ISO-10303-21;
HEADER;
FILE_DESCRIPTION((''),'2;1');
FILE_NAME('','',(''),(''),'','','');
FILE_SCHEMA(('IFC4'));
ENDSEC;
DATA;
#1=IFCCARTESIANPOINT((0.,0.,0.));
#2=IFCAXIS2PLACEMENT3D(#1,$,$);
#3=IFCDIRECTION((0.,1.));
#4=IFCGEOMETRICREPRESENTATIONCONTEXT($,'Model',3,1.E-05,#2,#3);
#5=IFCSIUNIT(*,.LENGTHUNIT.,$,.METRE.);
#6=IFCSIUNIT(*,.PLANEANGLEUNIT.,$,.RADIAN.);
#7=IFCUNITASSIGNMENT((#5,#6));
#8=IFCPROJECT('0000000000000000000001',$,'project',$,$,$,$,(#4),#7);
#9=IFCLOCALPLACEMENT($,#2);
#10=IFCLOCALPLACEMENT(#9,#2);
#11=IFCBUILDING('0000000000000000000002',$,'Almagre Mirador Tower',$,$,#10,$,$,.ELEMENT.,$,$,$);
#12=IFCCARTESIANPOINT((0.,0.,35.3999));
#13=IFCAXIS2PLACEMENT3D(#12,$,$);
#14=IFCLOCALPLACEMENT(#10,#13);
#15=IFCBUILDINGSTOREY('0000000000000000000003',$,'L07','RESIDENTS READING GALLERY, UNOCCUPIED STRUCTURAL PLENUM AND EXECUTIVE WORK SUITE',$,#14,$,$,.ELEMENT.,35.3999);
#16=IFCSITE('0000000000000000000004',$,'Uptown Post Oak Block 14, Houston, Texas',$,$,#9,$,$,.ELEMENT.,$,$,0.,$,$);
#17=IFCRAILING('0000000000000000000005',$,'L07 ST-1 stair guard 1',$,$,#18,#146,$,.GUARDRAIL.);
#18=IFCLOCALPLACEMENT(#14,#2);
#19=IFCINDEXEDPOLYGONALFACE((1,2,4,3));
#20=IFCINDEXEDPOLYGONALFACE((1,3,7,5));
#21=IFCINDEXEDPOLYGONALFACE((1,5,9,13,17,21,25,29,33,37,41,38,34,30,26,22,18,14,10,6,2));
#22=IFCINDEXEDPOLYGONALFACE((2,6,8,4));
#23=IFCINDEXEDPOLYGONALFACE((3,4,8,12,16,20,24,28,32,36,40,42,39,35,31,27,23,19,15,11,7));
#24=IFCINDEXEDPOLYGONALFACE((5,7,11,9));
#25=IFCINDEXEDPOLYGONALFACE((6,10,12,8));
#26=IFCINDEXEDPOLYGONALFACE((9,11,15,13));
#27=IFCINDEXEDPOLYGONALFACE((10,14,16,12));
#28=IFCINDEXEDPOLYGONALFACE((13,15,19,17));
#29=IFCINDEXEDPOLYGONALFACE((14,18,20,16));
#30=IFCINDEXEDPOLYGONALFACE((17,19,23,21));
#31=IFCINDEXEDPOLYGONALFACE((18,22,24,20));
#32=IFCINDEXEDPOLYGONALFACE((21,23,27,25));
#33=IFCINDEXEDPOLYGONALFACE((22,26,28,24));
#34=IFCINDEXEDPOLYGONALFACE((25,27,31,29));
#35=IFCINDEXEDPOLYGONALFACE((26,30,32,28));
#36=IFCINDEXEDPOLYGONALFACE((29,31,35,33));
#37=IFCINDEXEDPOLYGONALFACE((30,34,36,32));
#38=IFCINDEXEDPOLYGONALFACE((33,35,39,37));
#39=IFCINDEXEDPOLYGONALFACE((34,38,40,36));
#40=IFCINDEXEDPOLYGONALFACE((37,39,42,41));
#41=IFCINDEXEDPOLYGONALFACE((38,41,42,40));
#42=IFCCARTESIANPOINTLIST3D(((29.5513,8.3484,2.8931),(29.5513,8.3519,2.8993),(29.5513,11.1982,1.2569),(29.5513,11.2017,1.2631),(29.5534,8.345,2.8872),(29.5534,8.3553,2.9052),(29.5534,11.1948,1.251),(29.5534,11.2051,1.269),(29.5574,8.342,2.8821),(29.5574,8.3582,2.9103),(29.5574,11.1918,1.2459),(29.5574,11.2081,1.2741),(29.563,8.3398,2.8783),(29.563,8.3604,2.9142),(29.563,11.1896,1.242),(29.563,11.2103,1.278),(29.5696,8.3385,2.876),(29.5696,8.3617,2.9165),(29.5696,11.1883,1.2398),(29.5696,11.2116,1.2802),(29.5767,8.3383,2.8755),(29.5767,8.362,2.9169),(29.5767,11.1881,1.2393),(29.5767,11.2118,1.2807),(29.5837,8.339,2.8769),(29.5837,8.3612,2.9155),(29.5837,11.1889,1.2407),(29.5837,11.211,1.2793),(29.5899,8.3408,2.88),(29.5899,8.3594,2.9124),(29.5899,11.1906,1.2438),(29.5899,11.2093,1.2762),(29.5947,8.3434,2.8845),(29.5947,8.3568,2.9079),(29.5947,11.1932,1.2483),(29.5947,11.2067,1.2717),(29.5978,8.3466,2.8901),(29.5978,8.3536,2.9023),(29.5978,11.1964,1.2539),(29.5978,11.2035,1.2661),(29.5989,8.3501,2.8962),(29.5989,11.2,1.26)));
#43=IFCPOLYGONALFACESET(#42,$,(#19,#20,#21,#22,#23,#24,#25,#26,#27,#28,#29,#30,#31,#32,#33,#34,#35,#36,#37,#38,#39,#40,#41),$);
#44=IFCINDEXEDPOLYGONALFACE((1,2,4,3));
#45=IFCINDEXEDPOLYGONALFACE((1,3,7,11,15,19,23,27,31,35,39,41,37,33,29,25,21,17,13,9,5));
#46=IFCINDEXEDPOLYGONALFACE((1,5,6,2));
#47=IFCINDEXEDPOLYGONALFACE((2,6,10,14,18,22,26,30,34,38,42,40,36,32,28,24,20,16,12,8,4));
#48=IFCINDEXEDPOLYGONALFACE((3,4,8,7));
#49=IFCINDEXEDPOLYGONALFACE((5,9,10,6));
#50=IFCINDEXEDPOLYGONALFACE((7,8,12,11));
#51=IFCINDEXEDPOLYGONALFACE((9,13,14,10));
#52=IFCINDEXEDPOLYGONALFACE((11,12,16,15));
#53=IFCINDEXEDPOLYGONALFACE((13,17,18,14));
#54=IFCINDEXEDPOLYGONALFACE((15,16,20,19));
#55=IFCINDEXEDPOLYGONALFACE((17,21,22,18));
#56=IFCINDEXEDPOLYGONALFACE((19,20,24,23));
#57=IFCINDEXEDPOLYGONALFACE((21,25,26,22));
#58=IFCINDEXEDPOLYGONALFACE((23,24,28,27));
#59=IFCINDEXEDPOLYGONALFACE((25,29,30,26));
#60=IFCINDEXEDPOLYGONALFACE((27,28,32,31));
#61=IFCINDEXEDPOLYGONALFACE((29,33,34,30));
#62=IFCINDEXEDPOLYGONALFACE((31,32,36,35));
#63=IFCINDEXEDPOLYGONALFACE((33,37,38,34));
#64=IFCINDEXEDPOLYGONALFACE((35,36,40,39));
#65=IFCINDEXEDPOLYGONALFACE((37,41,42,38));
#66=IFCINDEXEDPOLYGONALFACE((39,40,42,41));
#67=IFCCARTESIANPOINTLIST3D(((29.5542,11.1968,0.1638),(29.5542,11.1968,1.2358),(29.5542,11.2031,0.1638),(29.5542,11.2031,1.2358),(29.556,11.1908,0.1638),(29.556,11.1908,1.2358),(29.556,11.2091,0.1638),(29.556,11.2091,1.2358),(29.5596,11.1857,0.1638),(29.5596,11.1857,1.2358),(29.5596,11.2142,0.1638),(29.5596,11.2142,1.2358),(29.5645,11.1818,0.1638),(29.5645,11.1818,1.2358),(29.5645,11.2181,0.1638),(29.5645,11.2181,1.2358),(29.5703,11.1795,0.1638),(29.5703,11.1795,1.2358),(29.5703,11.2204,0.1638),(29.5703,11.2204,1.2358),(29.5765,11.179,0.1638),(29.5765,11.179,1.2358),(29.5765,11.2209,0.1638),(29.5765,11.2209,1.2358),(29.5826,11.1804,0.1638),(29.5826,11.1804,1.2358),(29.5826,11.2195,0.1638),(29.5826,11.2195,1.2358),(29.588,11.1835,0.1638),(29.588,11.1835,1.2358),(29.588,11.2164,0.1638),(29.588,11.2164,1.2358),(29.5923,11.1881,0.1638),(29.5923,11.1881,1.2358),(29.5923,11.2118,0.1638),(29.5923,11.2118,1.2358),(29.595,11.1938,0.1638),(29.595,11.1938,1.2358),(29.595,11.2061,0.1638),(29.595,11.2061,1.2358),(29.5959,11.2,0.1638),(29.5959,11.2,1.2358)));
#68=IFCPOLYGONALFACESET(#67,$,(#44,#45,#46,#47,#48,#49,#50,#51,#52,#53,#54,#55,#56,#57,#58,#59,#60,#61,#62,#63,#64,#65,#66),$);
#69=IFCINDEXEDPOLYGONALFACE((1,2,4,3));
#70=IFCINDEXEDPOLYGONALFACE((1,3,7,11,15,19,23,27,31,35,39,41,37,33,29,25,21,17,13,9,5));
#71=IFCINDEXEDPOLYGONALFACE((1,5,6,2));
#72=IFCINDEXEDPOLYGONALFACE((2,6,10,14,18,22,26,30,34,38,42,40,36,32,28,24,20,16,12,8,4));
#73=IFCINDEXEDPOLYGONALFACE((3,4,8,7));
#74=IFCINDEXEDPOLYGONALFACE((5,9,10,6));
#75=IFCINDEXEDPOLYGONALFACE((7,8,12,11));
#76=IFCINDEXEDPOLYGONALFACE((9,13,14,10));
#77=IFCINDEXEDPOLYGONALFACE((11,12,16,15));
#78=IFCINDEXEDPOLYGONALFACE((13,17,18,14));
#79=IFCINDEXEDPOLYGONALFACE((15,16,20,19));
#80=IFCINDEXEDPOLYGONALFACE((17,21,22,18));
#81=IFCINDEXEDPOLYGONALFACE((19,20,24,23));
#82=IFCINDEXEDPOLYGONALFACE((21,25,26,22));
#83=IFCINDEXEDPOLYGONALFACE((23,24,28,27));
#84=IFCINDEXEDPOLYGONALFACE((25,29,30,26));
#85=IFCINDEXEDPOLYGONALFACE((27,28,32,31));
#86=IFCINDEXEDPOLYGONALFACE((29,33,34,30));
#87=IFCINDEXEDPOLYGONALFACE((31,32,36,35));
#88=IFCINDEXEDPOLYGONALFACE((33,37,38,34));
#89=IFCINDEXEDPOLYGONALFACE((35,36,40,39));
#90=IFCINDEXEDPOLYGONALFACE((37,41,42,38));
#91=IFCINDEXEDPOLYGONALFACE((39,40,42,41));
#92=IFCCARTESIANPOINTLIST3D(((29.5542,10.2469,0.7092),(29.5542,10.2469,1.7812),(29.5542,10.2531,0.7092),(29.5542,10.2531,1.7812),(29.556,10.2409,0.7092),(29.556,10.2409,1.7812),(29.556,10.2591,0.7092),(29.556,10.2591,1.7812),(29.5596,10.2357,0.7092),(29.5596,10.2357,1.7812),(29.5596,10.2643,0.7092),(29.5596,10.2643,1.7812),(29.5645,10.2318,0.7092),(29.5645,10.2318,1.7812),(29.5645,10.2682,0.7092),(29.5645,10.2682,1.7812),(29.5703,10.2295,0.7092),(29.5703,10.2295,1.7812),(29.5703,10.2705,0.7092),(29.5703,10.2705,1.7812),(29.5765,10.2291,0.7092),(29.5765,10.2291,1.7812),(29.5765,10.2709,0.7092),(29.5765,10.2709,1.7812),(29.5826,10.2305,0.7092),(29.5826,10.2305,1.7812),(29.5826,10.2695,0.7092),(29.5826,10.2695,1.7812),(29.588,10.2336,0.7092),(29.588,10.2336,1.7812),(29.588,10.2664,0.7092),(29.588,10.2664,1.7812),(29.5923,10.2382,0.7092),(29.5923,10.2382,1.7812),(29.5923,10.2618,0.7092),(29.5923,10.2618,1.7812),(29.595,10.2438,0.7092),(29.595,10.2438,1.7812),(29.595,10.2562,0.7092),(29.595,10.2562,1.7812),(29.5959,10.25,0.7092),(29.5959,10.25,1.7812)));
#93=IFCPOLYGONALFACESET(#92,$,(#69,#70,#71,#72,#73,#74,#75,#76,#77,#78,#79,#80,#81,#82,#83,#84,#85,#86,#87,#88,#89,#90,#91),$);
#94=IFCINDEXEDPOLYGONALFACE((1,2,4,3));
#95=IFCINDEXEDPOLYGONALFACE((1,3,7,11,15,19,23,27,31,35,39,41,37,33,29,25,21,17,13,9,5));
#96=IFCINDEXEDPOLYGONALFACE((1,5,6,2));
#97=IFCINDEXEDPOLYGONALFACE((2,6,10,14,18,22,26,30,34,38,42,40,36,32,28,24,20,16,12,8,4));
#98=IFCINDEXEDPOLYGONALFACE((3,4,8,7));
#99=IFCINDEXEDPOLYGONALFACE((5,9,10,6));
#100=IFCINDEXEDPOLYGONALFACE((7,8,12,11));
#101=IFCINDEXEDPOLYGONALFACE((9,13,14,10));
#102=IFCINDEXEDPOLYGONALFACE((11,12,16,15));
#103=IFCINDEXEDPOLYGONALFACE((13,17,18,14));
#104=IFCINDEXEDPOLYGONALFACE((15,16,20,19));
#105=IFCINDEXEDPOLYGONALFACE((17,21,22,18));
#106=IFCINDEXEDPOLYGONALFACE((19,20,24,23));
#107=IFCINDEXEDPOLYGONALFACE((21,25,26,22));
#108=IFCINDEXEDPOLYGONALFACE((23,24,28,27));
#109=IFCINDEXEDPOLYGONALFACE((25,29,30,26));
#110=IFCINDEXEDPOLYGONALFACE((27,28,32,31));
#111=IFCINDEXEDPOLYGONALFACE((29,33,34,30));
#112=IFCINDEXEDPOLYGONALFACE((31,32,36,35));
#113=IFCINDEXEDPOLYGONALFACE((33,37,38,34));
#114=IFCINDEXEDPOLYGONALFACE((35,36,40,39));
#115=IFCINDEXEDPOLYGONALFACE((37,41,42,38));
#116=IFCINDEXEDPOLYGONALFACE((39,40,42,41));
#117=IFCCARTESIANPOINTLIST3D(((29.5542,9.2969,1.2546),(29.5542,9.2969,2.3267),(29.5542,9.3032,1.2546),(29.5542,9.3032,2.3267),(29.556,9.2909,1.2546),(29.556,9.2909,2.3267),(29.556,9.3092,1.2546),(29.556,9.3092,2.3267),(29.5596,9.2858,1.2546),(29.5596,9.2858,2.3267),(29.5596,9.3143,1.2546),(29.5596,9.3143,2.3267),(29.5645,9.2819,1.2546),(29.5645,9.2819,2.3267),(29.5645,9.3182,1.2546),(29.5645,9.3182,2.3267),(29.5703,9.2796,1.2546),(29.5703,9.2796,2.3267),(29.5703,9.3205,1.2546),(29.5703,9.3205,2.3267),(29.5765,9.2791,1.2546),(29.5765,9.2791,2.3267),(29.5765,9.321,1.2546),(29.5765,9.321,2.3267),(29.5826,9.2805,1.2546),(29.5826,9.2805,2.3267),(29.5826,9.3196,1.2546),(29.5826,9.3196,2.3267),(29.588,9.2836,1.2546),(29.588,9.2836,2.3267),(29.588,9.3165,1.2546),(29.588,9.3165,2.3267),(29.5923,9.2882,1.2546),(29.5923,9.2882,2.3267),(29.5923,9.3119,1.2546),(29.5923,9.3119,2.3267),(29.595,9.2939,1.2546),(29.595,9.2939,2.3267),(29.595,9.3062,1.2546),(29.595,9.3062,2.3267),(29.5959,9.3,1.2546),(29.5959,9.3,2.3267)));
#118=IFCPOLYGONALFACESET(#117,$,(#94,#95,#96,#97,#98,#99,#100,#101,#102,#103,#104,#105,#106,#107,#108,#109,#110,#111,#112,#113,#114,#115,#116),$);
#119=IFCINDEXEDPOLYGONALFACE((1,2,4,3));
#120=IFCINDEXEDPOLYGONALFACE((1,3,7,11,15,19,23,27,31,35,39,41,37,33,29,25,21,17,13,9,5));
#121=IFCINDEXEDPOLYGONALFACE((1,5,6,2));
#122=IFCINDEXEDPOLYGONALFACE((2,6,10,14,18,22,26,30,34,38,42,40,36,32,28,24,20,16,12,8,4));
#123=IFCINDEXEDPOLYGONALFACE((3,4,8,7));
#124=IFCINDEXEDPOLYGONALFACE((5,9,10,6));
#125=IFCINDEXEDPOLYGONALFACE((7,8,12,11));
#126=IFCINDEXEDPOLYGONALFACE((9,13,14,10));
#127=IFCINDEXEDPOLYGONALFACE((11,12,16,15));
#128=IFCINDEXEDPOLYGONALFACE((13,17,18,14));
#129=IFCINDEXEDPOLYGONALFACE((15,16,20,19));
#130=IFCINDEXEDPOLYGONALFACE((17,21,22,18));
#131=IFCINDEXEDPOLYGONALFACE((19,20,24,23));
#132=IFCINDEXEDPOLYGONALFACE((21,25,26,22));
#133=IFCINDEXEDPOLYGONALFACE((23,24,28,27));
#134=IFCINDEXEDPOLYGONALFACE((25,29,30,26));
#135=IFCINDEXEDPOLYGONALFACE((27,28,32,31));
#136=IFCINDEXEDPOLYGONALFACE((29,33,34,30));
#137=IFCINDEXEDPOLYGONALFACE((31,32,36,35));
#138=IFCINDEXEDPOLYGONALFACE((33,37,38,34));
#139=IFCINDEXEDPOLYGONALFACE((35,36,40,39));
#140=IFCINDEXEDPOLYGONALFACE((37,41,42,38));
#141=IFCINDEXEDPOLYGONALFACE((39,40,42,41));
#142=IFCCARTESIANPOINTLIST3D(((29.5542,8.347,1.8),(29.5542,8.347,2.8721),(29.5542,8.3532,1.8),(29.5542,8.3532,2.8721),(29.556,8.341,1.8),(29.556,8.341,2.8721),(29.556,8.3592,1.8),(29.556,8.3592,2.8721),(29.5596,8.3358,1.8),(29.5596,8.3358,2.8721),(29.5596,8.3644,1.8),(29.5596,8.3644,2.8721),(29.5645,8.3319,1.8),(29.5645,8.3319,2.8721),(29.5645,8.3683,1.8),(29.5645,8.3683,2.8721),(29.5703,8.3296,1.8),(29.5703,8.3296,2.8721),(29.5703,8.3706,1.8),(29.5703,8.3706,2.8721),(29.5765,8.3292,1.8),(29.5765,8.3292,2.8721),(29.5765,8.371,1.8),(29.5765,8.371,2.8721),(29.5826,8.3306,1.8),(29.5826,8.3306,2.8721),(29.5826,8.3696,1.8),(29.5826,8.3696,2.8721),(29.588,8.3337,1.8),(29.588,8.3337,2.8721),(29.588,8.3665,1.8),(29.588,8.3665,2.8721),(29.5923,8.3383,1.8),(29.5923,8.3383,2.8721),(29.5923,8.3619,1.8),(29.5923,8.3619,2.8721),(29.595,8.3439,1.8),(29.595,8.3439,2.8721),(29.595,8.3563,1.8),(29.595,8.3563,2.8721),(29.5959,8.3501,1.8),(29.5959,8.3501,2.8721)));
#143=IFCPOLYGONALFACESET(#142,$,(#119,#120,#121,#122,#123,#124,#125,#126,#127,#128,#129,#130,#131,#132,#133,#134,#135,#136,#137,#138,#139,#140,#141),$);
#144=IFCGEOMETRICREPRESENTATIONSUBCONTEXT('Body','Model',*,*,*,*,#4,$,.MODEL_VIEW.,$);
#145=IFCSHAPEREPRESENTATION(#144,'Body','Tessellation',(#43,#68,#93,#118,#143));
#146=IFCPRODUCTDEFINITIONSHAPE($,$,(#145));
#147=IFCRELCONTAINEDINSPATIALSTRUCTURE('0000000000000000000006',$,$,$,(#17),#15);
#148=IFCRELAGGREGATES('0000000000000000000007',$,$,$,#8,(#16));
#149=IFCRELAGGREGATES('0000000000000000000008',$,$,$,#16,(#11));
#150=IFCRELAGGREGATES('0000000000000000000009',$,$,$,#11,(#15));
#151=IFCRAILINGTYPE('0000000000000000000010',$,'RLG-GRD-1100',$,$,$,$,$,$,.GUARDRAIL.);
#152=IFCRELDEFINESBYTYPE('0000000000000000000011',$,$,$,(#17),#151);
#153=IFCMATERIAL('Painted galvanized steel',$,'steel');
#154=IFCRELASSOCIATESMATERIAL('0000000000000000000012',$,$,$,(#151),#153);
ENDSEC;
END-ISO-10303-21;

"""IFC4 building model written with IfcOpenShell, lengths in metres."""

from ifc_helpers import new_model, si_unit, direction, frame, origin, origin_2d, place, context, subcontext, project, spatial, circle, extrude, material, type_object, element, save


model = new_model("IFC4")

# Units and contexts
model_context = context("Model", 3, precision=1e-05, world=origin(), true_north=direction((0.0, 1.0)))
body_context = subcontext(model_context, "Body", "Model", "MODEL_VIEW")
ifc_project = project(units=[si_unit("LENGTHUNIT", "METRE"), si_unit("PLANEANGLEUNIT", "RADIAN")], contexts=[model_context])

# Site, building, storey
site_placement = place(None, origin())
site = spatial("IfcSite", under=ifc_project, at=site_placement, Name="Uptown Post Oak Block 14, Houston, Texas", CompositionType="ELEMENT", RefElevation=0.0)
building_placement = place(site_placement, origin())
building = spatial("IfcBuilding", under=site, at=building_placement, Name="Almagre Mirador Tower", CompositionType="ELEMENT")
storey_placement = place(building_placement, frame((0.0, 0.0, 35.3999)))
storey = spatial("IfcBuildingStorey", under=building, at=storey_placement, Name="L07", Description="RESIDENTS READING GALLERY, UNOCCUPIED STRUCTURAL PLENUM AND EXECUTIVE WORK SUITE", CompositionType="ELEMENT", Elevation=35.3999)

# Railing
ifc_material_1 = material(Name="Painted galvanized steel", Category="steel")
railing_type_1 = type_object("IfcRailingType", Name="RLG-GRD-1100", PredefinedType="GUARDRAIL", material=ifc_material_1)
railing_1_placement = place(storey_placement, frame((29.575, 11.2, 0.1638)))
element("IfcRailing", 1, at=railing_1_placement, inside=storey, type_object=railing_type_1, Name="L07 ST-1 stair guard 1", PredefinedType="GUARDRAIL", context=body_context, shape_type="SweptSolid", body=[
    extrude(circle(Radius=0.0239, at=origin_2d()), frame((0.0, 0.0, 1.0962), z_axis=(0.0, -0.867226, 0.497914), x_axis=(1.0, 0.0, 0.0)), (0.0, 0.0, 1.0), 3.2861),
    extrude(circle(Radius=0.021, at=origin_2d()), origin(), (0.0, 0.0, 1.0), 1.072),
    extrude(circle(Radius=0.021, at=origin_2d()), frame((0.0, -0.95, 0.5454)), (0.0, 0.0, 1.0), 1.072),
    extrude(circle(Radius=0.021, at=origin_2d()), frame((0.0, -1.8999, 1.0908)), (0.0, 0.0, 1.0), 1.072),
    extrude(circle(Radius=0.021, at=origin_2d()), frame((0.0, -2.8499, 1.6362)), (0.0, 0.0, 1.0), 1.072),
])

save(model, "model.ifc")
